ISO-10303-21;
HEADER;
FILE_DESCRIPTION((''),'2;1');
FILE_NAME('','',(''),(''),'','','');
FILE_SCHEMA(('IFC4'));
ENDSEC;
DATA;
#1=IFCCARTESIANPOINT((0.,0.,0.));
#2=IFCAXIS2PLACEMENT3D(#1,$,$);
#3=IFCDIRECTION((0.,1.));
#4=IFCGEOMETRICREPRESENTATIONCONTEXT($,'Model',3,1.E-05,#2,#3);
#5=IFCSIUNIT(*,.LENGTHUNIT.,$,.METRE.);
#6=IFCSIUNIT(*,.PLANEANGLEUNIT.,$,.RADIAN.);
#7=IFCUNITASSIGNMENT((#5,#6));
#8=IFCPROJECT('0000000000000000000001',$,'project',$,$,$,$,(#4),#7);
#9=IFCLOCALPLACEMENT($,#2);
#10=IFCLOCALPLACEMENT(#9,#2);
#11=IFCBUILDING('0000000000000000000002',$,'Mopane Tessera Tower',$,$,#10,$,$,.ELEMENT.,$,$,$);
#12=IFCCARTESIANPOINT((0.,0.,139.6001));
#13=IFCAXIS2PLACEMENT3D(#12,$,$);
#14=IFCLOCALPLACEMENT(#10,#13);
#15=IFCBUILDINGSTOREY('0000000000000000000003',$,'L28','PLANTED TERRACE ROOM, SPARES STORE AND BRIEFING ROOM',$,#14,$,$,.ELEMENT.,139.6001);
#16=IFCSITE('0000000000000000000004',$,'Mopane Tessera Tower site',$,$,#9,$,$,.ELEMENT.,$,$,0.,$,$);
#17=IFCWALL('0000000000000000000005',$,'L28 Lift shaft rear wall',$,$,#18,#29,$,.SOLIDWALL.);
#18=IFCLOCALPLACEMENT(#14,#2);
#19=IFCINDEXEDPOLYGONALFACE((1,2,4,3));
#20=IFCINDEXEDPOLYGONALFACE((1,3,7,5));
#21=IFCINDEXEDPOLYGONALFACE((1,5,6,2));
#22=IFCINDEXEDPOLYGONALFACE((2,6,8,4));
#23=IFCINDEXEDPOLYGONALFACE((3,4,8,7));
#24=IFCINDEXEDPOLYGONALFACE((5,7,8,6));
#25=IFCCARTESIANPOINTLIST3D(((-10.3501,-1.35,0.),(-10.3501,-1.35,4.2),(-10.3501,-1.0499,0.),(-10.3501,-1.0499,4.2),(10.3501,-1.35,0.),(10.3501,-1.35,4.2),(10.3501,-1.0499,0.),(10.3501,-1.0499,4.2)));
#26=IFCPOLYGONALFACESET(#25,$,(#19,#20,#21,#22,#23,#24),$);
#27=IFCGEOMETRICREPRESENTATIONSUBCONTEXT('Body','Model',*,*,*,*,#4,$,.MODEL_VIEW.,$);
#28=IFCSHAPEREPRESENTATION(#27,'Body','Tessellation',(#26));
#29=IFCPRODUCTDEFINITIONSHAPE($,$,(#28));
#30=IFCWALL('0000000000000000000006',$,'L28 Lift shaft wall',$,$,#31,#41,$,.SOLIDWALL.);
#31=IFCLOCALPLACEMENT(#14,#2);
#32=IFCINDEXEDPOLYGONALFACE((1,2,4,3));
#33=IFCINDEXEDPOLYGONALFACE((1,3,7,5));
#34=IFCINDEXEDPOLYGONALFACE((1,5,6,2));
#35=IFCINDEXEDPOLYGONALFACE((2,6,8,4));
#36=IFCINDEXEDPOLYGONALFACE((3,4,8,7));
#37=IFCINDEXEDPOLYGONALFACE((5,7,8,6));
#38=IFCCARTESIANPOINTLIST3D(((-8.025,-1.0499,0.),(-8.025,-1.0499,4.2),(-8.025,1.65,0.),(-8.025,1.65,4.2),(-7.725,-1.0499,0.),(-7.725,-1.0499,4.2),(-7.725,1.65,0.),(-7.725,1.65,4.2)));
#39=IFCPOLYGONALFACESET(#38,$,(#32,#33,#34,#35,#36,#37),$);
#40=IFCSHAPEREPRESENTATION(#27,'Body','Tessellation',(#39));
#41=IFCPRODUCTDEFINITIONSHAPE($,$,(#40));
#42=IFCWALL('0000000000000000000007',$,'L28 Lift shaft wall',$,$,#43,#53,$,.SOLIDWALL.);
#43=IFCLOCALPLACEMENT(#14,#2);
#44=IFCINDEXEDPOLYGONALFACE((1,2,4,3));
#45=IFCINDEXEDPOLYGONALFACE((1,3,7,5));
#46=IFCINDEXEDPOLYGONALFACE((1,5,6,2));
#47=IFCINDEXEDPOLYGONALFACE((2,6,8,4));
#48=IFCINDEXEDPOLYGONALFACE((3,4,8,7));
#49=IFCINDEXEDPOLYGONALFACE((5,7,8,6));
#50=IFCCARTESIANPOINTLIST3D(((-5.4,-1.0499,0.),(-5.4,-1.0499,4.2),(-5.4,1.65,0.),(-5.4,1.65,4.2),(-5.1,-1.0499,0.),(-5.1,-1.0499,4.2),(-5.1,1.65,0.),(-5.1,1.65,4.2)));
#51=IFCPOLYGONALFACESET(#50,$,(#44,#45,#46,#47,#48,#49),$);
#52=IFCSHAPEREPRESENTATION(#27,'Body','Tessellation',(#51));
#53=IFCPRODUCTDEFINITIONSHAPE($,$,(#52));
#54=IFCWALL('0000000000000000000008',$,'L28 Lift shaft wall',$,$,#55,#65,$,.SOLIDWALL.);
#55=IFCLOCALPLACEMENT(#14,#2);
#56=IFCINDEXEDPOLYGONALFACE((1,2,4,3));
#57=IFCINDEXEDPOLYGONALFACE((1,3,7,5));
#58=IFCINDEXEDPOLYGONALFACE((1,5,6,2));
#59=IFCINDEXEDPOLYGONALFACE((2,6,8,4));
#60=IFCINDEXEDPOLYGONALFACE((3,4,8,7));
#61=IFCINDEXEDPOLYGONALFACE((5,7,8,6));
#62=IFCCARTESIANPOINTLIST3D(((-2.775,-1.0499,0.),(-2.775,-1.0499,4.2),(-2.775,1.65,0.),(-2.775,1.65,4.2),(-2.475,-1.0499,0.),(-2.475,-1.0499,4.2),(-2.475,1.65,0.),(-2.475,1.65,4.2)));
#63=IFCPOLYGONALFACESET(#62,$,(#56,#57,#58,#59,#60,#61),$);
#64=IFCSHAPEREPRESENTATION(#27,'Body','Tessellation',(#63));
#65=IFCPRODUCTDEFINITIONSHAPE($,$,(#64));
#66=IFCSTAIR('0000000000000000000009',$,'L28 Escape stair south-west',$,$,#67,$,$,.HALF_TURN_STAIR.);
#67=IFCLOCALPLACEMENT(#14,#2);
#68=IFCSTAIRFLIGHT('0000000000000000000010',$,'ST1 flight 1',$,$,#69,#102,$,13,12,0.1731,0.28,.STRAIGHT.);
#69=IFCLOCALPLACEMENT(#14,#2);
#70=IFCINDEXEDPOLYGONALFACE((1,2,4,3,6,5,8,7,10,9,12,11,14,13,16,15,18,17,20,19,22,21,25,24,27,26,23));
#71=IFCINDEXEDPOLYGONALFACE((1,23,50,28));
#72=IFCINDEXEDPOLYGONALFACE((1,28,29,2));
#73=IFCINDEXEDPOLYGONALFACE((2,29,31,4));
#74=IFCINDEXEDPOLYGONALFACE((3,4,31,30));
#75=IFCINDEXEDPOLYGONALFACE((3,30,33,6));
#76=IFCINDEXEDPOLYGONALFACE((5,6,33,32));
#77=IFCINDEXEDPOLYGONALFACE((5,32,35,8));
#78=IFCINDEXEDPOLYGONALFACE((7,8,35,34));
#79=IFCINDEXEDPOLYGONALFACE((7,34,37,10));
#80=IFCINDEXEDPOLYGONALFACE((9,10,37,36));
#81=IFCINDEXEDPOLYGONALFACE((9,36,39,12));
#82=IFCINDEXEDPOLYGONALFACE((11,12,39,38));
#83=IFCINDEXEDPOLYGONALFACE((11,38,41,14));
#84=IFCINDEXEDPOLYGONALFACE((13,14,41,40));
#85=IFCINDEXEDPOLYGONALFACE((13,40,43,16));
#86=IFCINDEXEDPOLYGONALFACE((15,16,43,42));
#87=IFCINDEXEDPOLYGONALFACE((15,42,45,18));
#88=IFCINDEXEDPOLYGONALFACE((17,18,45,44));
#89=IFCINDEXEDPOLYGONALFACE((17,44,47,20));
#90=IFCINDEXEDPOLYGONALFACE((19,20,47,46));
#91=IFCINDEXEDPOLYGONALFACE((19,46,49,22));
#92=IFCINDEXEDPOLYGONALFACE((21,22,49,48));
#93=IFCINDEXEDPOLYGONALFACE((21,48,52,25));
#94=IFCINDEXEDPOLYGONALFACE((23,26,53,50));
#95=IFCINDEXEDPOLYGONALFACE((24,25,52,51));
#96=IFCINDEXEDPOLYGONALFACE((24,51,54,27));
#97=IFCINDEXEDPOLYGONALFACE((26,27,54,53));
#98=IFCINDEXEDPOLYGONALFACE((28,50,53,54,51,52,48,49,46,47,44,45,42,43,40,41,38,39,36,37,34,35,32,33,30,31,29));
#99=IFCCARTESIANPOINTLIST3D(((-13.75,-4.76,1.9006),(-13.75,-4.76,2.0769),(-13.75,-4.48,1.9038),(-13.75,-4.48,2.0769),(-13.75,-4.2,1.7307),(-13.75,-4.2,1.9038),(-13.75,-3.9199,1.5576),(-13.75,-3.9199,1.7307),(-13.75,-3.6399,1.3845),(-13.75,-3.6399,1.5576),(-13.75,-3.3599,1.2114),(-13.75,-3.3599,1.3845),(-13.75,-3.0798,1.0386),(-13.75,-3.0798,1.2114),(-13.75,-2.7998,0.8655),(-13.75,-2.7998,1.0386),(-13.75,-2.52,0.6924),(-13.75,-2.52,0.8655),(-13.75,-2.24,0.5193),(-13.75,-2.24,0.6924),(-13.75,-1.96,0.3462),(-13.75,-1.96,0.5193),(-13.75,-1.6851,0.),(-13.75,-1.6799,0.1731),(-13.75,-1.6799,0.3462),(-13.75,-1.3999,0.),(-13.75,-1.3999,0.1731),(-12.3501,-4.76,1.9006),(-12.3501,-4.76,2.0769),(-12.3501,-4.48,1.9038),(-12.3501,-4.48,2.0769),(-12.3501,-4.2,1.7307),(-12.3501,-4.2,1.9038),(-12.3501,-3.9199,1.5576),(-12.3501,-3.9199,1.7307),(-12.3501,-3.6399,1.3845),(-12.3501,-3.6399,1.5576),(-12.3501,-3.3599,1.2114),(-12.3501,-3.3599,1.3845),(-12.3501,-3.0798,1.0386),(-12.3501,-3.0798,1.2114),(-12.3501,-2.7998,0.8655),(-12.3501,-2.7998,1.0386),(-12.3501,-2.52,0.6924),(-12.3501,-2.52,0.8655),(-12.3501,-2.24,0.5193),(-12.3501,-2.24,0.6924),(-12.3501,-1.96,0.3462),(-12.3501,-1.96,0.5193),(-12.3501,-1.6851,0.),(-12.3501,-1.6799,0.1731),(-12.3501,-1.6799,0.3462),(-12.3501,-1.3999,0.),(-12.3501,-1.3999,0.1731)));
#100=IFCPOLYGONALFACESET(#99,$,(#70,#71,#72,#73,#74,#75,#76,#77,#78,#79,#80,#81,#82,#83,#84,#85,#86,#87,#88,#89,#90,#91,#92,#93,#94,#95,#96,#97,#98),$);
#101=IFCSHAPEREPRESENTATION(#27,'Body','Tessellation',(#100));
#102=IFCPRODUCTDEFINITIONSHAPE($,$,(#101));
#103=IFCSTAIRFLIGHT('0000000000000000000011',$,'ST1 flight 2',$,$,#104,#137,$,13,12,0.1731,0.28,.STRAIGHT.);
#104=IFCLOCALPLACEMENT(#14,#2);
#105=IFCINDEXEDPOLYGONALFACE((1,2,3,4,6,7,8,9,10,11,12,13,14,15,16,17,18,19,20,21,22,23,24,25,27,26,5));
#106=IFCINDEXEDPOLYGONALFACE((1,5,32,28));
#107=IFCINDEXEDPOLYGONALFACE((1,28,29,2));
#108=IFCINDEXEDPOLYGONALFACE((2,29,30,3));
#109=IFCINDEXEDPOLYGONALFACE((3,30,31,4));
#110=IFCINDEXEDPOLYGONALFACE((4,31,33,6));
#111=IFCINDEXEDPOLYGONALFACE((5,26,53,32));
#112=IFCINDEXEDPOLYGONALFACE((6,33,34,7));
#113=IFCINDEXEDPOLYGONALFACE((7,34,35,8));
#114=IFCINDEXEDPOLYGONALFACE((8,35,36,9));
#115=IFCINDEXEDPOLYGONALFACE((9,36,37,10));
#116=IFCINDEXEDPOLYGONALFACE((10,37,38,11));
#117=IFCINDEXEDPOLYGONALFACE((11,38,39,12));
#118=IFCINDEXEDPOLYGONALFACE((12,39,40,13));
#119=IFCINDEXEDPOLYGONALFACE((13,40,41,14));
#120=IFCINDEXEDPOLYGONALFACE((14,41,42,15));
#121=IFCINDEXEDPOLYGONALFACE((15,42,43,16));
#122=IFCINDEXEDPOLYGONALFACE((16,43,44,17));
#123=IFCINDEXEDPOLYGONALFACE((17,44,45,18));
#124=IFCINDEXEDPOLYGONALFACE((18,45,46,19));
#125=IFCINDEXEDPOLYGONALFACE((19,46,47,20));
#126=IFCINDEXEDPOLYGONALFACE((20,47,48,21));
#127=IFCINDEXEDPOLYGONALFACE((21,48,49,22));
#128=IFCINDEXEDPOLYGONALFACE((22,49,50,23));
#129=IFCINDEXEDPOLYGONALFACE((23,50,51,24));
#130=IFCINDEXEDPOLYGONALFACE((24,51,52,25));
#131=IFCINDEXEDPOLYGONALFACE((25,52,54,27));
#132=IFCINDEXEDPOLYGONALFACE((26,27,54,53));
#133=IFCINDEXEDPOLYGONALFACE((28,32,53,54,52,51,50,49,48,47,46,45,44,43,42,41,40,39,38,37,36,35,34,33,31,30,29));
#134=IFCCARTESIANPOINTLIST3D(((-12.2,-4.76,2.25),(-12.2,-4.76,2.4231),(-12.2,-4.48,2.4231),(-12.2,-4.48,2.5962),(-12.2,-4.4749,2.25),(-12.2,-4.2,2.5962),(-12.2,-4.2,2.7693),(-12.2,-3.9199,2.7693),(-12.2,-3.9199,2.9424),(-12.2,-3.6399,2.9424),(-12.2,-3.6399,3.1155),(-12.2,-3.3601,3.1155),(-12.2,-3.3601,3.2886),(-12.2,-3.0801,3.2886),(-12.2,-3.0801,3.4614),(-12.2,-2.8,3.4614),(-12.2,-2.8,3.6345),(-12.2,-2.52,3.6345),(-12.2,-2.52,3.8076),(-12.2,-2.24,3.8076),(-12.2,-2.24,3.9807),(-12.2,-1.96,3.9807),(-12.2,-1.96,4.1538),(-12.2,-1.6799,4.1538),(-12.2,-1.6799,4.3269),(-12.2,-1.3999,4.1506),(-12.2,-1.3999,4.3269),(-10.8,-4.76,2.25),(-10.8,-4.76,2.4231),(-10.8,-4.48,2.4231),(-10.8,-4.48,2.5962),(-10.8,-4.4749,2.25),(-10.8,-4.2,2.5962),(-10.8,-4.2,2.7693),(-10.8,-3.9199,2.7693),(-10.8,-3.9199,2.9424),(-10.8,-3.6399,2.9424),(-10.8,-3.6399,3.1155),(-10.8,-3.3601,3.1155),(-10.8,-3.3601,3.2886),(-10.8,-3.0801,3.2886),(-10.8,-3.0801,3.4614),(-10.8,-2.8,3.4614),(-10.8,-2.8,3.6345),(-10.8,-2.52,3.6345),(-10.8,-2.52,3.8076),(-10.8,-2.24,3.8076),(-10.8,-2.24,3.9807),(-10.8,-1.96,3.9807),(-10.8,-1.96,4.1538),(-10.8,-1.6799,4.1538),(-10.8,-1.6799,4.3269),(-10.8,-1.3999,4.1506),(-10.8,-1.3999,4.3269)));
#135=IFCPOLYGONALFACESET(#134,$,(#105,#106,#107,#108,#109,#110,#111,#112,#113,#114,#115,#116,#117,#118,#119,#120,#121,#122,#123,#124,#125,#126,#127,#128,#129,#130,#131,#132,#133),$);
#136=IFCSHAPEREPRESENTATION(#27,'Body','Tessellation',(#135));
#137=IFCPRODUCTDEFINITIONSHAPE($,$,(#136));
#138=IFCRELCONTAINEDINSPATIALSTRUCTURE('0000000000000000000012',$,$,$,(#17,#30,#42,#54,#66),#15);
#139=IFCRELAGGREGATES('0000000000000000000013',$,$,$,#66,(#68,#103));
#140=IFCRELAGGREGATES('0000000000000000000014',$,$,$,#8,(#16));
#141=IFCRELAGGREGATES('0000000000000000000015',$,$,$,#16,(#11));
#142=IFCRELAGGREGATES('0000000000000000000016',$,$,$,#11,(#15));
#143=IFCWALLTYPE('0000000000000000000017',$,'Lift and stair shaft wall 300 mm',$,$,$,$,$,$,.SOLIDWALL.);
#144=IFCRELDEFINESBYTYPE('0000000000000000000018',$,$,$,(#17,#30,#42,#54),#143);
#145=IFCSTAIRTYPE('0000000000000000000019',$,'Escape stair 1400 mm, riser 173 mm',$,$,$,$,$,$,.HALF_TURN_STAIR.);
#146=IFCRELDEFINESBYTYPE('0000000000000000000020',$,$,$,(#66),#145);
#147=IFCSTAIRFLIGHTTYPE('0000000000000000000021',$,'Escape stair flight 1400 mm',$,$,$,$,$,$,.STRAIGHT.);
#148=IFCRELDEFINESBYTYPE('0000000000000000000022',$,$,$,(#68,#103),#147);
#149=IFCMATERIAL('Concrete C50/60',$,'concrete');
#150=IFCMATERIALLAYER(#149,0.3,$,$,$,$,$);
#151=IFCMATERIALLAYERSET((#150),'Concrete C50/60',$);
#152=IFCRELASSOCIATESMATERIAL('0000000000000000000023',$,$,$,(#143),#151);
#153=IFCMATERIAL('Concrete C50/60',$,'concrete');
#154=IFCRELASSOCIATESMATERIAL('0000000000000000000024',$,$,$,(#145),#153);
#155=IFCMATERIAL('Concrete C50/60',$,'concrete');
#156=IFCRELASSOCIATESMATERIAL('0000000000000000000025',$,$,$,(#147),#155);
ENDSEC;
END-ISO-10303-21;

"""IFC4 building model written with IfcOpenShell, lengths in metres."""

from ifc_helpers import new_model, si_unit, direction, frame, frame_2d, origin, place, context, subcontext, project, spatial, polyline, rectangle, outline, extrude, material, layer, layer_set, type_object, element, aggregate, save


model = new_model("IFC4")

# Units and contexts
model_context = context("Model", 3, precision=1e-05, world=origin(), true_north=direction((0.0, 1.0)))
body_context = subcontext(model_context, "Body", "Model", "MODEL_VIEW")
ifc_project = project(units=[si_unit("LENGTHUNIT", "METRE"), si_unit("PLANEANGLEUNIT", "RADIAN")], contexts=[model_context])

# Site, building, storey
site_placement = place(None, origin())
site = spatial("IfcSite", under=ifc_project, at=site_placement, Name="Mopane Tessera Tower site", CompositionType="ELEMENT", RefElevation=0.0)
building_placement = place(site_placement, origin())
building = spatial("IfcBuilding", under=site, at=building_placement, Name="Mopane Tessera Tower", CompositionType="ELEMENT")
storey_placement = place(building_placement, frame((0.0, 0.0, 139.6001)))
storey = spatial("IfcBuildingStorey", under=building, at=storey_placement, Name="L28", Description="PLANTED TERRACE ROOM, SPARES STORE AND BRIEFING ROOM", CompositionType="ELEMENT", Elevation=139.6001)

# Walls
ifc_material_1 = material(Name="Concrete C50/60", Category="concrete")
ifc_layer_1 = layer(ifc_material_1, 0.3)
ifc_layer_set_1 = layer_set([ifc_layer_1], Name="Concrete C50/60")
wall_type_1 = type_object("IfcWallType", Name="Lift and stair shaft wall 300 mm", PredefinedType="SOLIDWALL", material=ifc_layer_set_1)
wall_1_placement = place(storey_placement, frame((-10.3501, -1.2, 0.0), z_axis=(0.0, 0.0, 1.0), x_axis=(1.0, 0.0, 0.0)))
element("IfcWall", 1, at=wall_1_placement, inside=storey, type_object=wall_type_1, Name="L28 Lift shaft rear wall", PredefinedType="SOLIDWALL", context=body_context, shape_type="SweptSolid", body=[
    extrude(rectangle(XDim=20.7002, YDim=0.3, at=frame_2d((10.3501, 0.0))), origin(), (0.0, 0.0, 1.0), 4.2),
])
for number, where, z_axis, x_axis, name in (
    (2, (-7.875, -1.05, 0.0), (0.0, 0.0, 1.0), (0.0, 1.0, 0.0), "L28 Lift shaft wall"),
    (3, (-5.25, -1.05, 0.0), (0.0, 0.0, 1.0), (0.0, 1.0, 0.0), "L28 Lift shaft wall"),
    (4, (-2.625, -1.05, 0.0), (0.0, 0.0, 1.0), (0.0, 1.0, 0.0), "L28 Lift shaft wall"),
):
    element("IfcWall", number, at=place(storey_placement, frame(where, z_axis=z_axis, x_axis=x_axis)), inside=storey, type_object=wall_type_1, Name=name, PredefinedType="SOLIDWALL", context=body_context, shape_type="SweptSolid", body=[
        extrude(rectangle(XDim=2.7, YDim=0.3, at=frame_2d((1.3501, 0.0))), origin(), (0.0, 0.0, 1.0), 4.2),
    ])

# Stair, stair flights
ifc_material_2 = material(Name="Concrete C50/60", Category="concrete")
stair_type = type_object("IfcStairType", Name="Escape stair 1400 mm, riser 173 mm", PredefinedType="HALF_TURN_STAIR", material=ifc_material_2)
stair_placement = place(storey_placement, origin())
stair = element("IfcStair", 5, at=stair_placement, inside=storey, type_object=stair_type, Name="L28 Escape stair south-west", PredefinedType="HALF_TURN_STAIR")
ifc_material_3 = material(Name="Concrete C50/60", Category="concrete")
stair_flight_type = type_object("IfcStairFlightType", Name="Escape stair flight 1400 mm", PredefinedType="STRAIGHT", material=ifc_material_3)
stair_flight_1_placement = place(storey_placement, frame((-13.05, -1.3999, 0.0), z_axis=(0.0, 0.0, 1.0), x_axis=(0.0, -1.0, 0.0)))
stair_flight_1 = element("IfcStairFlight", 6, at=stair_flight_1_placement, type_object=stair_flight_type, Name="ST1 flight 1", NumberOfRisers=13, NumberOfTreads=12, PredefinedType="STRAIGHT", RiserHeight=0.1731, TreadLength=0.28, context=body_context, shape_type="SweptSolid", body=[
    extrude(outline(polyline([(0.0, 0.0), (0.0, 0.1731), (0.28, 0.1731), (0.28, 0.3462), (0.5601, 0.3462), (0.5601, 0.5193), (0.8401, 0.5193), (0.8401, 0.6924), (1.1201, 0.6924), (1.1201, 0.8655), (1.3999, 0.8655), (1.3999, 1.0386), (1.6799, 1.0386), (1.6799, 1.2114), (1.96, 1.2114), (1.96, 1.3845), (2.24, 1.3845), (2.24, 1.5576), (2.52, 1.5576), (2.52, 1.7307), (2.8, 1.7307), (2.8, 1.9038), (3.0801, 1.9038), (3.0801, 2.0769), (3.3601, 2.0769), (3.3601, 2.25), (3.3601, 1.9006), (0.2852, 0.0), (0.0, 0.0)])), frame((0.0, 0.7, 0.0), z_axis=(0.0, -1.0, 0.0), x_axis=(1.0, 0.0, 0.0)), (0.0, 0.0, 1.0), 1.3999),
])
stair_flight_2_placement = place(storey_placement, frame((-11.5, -4.76, 2.25), z_axis=(0.0, 0.0, 1.0), x_axis=(0.0, 1.0, 0.0)))
stair_flight_2 = element("IfcStairFlight", 7, at=stair_flight_2_placement, type_object=stair_flight_type, Name="ST1 flight 2", NumberOfRisers=13, NumberOfTreads=12, PredefinedType="STRAIGHT", RiserHeight=0.1731, TreadLength=0.28, context=body_context, shape_type="SweptSolid", body=[
    extrude(outline(polyline([(0.0, 0.0), (0.0, 0.1731), (0.28, 0.1731), (0.28, 0.3462), (0.5601, 0.3462), (0.5601, 0.5193), (0.8401, 0.5193), (0.8401, 0.6924), (1.1201, 0.6924), (1.1201, 0.8655), (1.3999, 0.8655), (1.3999, 1.0386), (1.6799, 1.0386), (1.6799, 1.2114), (1.96, 1.2114), (1.96, 1.3845), (2.24, 1.3845), (2.24, 1.5576), (2.52, 1.5576), (2.52, 1.7307), (2.8, 1.7307), (2.8, 1.9038), (3.0801, 1.9038), (3.0801, 2.0769), (3.3601, 2.0769), (3.3601, 2.25), (3.3601, 1.9006), (0.2852, 0.0), (0.0, 0.0)])), frame((0.0, 0.7, 0.0), z_axis=(0.0, -1.0, 0.0), x_axis=(1.0, 0.0, 0.0)), (0.0, 0.0, 1.0), 1.3999),
])
aggregate(stair, [stair_flight_1, stair_flight_2])

save(model, "model.ifc")
